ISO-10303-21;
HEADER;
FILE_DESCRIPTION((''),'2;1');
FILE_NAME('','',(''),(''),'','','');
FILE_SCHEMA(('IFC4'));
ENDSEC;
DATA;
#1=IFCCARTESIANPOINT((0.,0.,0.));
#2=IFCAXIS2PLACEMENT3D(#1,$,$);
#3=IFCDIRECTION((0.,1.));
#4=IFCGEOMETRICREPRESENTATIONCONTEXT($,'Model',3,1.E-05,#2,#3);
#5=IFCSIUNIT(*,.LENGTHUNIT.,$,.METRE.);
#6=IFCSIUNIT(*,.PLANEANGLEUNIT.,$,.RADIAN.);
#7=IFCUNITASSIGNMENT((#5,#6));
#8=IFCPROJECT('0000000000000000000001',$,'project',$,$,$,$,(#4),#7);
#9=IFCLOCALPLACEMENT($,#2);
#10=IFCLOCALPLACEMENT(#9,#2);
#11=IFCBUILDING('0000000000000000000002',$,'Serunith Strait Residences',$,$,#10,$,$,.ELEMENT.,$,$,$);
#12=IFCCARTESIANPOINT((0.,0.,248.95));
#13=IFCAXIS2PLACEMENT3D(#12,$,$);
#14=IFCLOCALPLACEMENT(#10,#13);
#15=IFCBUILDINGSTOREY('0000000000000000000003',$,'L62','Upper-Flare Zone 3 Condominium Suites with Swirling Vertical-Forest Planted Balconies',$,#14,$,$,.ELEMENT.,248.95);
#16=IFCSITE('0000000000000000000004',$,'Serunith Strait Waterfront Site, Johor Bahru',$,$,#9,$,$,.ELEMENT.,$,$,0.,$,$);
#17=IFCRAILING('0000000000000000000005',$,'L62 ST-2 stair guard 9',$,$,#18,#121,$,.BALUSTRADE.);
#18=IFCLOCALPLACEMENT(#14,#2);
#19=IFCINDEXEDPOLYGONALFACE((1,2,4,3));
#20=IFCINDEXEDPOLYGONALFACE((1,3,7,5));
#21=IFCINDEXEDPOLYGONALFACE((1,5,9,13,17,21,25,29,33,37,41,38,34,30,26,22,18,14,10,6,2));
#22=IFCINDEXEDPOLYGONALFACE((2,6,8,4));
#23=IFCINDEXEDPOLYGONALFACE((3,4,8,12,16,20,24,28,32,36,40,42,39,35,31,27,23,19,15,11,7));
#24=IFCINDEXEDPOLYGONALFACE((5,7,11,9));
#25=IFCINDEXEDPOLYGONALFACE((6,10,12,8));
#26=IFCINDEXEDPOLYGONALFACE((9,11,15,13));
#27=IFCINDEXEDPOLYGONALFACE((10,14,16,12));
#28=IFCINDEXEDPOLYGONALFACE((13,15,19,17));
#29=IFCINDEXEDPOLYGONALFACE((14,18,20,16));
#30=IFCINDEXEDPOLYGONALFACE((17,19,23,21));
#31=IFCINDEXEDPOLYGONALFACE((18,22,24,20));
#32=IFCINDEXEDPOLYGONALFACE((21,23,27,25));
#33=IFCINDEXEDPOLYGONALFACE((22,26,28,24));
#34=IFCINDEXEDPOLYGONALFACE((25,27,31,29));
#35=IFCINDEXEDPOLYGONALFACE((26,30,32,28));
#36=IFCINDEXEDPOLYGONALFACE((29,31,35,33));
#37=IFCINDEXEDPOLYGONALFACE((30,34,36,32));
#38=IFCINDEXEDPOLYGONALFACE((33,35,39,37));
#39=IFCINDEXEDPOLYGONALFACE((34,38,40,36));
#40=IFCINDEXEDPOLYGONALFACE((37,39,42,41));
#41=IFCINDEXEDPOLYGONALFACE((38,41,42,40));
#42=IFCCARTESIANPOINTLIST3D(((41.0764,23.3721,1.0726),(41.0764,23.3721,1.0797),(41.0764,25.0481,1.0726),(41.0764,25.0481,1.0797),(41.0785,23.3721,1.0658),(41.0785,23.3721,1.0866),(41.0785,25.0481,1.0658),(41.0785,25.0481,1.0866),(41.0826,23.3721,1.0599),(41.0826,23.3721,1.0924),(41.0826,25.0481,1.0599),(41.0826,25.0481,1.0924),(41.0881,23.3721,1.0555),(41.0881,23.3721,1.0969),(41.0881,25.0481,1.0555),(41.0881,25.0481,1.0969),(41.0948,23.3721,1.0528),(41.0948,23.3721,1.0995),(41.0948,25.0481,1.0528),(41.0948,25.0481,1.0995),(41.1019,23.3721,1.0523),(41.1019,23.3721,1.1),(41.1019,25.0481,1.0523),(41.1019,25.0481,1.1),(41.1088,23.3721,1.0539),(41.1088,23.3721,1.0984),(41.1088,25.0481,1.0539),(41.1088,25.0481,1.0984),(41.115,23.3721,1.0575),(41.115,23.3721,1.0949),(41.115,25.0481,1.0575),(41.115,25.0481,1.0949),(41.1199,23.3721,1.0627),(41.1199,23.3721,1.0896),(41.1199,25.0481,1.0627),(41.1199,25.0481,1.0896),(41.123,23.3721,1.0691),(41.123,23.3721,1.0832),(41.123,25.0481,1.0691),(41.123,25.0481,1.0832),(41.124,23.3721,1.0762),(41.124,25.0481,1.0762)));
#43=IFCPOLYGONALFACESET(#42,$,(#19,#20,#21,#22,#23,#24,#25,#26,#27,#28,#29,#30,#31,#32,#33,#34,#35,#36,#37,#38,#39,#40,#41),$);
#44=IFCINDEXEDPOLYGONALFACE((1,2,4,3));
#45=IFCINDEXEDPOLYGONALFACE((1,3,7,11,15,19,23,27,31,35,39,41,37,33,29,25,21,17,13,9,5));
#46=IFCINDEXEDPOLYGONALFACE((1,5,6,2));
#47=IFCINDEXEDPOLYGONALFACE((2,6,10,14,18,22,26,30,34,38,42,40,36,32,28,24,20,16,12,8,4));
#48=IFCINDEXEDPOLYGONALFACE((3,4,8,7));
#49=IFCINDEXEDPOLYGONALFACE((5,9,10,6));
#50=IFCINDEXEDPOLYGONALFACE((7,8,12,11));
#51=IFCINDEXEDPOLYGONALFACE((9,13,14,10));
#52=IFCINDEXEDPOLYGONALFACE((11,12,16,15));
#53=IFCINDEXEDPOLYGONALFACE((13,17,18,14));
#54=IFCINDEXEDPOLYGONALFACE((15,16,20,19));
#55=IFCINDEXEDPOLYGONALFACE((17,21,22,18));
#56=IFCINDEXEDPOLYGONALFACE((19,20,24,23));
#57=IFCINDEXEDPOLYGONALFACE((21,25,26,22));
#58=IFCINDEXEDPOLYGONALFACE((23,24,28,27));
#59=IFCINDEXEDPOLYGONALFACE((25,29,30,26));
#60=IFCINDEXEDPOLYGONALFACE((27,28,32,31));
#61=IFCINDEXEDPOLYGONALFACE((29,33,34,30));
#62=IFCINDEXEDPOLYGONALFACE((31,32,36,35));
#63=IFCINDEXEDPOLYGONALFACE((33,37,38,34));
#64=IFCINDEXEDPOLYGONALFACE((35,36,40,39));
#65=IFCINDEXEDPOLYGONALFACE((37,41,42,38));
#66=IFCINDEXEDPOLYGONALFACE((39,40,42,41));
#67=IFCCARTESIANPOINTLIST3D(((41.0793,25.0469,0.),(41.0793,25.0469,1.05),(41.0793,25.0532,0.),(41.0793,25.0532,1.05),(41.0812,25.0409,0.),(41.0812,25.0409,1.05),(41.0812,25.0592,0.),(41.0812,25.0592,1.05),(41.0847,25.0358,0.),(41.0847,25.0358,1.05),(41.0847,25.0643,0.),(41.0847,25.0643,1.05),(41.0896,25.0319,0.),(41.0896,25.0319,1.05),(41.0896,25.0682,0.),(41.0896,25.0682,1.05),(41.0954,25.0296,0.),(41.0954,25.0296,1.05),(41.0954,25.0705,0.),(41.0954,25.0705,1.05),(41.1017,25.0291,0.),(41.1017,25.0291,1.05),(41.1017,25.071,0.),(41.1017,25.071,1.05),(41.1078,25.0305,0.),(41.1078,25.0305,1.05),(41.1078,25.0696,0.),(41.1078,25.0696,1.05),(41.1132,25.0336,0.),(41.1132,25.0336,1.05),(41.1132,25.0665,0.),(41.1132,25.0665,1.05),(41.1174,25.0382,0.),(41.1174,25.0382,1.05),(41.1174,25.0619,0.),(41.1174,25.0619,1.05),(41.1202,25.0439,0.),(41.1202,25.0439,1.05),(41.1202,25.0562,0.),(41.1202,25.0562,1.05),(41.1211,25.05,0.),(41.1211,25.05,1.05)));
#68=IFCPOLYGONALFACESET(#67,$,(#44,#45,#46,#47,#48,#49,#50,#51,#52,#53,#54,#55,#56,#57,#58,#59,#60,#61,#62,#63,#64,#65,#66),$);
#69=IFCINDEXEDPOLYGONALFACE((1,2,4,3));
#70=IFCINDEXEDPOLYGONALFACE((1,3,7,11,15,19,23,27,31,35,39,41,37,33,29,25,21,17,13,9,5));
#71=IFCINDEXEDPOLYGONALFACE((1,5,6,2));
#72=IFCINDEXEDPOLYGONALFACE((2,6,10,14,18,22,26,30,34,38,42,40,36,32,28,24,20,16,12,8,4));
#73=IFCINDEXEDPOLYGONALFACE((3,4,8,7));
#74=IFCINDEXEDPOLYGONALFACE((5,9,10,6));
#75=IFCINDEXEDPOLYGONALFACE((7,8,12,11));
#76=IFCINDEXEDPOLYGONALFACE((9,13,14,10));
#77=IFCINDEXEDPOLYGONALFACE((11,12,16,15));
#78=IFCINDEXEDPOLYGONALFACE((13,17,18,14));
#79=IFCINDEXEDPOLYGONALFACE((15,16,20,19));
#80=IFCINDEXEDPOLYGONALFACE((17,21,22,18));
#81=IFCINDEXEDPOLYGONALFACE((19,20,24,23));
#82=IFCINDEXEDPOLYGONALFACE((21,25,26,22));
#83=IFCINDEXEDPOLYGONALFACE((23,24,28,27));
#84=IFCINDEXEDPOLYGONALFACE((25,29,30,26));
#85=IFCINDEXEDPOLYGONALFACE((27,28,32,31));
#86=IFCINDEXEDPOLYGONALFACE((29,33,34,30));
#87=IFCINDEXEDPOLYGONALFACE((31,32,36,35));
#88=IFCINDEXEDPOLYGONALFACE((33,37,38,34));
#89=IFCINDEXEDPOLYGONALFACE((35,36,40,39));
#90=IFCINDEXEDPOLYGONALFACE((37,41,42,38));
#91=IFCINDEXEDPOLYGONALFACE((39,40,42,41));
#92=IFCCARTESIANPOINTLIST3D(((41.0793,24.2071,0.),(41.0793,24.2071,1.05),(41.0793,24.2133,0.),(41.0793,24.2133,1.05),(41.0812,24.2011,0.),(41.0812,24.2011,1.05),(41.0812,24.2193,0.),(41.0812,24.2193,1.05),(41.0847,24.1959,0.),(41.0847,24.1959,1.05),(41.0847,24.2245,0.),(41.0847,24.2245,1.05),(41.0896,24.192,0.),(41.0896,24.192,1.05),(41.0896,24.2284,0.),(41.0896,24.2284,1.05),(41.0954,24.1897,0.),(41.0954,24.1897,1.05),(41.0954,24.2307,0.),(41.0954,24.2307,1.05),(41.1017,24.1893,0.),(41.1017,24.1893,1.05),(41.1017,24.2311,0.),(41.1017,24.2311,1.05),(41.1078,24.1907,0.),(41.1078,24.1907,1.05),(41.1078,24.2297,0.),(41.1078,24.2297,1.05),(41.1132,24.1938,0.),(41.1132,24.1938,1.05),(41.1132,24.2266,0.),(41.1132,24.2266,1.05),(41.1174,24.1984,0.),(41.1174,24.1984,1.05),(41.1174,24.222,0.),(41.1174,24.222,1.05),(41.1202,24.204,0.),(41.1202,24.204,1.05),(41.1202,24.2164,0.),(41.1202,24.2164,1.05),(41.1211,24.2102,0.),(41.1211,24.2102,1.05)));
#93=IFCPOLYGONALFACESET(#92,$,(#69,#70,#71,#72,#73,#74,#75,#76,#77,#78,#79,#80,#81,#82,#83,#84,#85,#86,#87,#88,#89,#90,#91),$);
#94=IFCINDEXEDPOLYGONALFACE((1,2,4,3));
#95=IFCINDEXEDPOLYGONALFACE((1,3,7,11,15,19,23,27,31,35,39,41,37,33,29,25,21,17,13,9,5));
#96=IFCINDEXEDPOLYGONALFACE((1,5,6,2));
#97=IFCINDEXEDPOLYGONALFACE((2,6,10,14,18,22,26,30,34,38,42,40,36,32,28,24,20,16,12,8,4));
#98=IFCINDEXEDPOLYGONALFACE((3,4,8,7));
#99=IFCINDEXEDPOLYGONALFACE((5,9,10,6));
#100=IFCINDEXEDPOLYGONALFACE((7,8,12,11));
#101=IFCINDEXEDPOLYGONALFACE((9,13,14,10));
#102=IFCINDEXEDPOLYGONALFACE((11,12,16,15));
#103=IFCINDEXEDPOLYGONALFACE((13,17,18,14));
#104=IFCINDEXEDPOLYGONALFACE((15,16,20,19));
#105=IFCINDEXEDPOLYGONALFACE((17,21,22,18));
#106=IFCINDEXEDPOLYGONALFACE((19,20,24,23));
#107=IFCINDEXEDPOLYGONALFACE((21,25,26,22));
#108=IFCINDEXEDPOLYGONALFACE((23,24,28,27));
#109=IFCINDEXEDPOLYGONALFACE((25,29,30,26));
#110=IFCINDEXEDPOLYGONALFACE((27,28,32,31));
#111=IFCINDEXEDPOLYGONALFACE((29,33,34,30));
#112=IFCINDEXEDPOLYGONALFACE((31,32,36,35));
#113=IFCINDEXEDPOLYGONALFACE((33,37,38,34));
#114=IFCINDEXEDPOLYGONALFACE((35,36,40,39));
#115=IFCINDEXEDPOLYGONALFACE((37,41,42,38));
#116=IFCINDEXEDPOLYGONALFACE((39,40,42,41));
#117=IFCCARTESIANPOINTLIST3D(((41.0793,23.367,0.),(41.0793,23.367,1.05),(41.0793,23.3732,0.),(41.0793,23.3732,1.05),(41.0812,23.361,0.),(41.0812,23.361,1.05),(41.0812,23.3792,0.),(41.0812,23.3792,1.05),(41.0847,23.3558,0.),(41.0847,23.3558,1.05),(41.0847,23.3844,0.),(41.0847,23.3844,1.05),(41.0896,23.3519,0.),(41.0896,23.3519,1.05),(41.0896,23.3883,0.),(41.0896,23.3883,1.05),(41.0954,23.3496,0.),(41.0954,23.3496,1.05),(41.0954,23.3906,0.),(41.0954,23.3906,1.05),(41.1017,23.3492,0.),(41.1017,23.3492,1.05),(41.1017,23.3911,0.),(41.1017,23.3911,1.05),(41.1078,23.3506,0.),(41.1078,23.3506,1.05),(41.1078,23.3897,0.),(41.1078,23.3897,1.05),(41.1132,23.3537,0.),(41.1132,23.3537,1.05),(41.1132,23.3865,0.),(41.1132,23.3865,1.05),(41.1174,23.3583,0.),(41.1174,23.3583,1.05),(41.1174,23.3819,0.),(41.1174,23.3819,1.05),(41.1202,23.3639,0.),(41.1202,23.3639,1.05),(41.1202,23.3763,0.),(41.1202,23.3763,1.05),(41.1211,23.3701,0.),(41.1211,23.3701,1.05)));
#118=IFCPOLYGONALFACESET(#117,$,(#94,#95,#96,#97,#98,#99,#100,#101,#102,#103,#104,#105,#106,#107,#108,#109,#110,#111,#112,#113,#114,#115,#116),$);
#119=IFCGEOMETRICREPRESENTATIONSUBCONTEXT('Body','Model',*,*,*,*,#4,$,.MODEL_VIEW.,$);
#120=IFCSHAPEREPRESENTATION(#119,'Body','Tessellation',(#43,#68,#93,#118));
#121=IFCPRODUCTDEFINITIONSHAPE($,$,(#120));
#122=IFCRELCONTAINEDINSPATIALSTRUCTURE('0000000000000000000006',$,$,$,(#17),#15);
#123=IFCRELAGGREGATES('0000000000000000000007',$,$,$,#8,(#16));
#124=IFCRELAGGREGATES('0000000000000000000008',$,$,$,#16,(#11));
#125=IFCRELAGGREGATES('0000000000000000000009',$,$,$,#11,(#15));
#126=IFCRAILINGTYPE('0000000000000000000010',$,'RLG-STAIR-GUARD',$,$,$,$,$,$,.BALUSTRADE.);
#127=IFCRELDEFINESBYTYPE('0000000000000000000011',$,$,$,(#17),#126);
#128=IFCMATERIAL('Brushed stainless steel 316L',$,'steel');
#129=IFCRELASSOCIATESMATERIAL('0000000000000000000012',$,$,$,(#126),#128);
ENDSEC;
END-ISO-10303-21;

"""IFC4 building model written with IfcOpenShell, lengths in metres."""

from ifc_helpers import new_model, si_unit, direction, frame, origin, origin_2d, place, context, subcontext, project, spatial, circle, extrude, material, type_object, element, save


model = new_model("IFC4")

# Units and contexts
model_context = context("Model", 3, precision=1e-05, world=origin(), true_north=direction((0.0, 1.0)))
body_context = subcontext(model_context, "Body", "Model", "MODEL_VIEW")
ifc_project = project(units=[si_unit("LENGTHUNIT", "METRE"), si_unit("PLANEANGLEUNIT", "RADIAN")], contexts=[model_context])

# Site, building, storey
site_placement = place(None, origin())
site = spatial("IfcSite", under=ifc_project, at=site_placement, Name="Serunith Strait Waterfront Site, Johor Bahru", CompositionType="ELEMENT", RefElevation=0.0)
building_placement = place(site_placement, origin())
building = spatial("IfcBuilding", under=site, at=building_placement, Name="Serunith Strait Residences", CompositionType="ELEMENT")
storey_placement = place(building_placement, frame((0.0, 0.0, 248.95)))
storey = spatial("IfcBuildingStorey", under=building, at=storey_placement, Name="L62", Description="Upper-Flare Zone 3 Condominium Suites with Swirling Vertical-Forest Planted Balconies", CompositionType="ELEMENT", Elevation=248.95)

# Railing
ifc_material_1 = material(Name="Brushed stainless steel 316L", Category="steel")
railing_type_1 = type_object("IfcRailingType", Name="RLG-STAIR-GUARD", PredefinedType="BALUSTRADE", material=ifc_material_1)
for number, where, name in (
    (1, (41.1001, 25.05, 0.0), "L62 ST-2 stair guard 9"),
):
    element("IfcRailing", number, at=place(storey_placement, frame(where)), inside=storey, type_object=railing_type_1, Name=name, PredefinedType="BALUSTRADE", context=body_context, shape_type="SweptSolid", body=[
        extrude(circle(Radius=0.0239, at=origin_2d()), frame((0.0, -0.002, 1.0762), z_axis=(0.0, -1.0, 0.0), x_axis=(1.0, 0.0, 0.0)), (0.0, 0.0, 1.0), 1.676),
        extrude(circle(Radius=0.021, at=origin_2d()), origin(), (0.0, 0.0, 1.0), 1.05),
        extrude(circle(Radius=0.021, at=origin_2d()), frame((0.0, -0.8398, 0.0)), (0.0, 0.0, 1.0), 1.05),
        extrude(circle(Radius=0.021, at=origin_2d()), frame((0.0, -1.6799, 0.0)), (0.0, 0.0, 1.0), 1.05),
    ])

save(model, "model.ifc")
